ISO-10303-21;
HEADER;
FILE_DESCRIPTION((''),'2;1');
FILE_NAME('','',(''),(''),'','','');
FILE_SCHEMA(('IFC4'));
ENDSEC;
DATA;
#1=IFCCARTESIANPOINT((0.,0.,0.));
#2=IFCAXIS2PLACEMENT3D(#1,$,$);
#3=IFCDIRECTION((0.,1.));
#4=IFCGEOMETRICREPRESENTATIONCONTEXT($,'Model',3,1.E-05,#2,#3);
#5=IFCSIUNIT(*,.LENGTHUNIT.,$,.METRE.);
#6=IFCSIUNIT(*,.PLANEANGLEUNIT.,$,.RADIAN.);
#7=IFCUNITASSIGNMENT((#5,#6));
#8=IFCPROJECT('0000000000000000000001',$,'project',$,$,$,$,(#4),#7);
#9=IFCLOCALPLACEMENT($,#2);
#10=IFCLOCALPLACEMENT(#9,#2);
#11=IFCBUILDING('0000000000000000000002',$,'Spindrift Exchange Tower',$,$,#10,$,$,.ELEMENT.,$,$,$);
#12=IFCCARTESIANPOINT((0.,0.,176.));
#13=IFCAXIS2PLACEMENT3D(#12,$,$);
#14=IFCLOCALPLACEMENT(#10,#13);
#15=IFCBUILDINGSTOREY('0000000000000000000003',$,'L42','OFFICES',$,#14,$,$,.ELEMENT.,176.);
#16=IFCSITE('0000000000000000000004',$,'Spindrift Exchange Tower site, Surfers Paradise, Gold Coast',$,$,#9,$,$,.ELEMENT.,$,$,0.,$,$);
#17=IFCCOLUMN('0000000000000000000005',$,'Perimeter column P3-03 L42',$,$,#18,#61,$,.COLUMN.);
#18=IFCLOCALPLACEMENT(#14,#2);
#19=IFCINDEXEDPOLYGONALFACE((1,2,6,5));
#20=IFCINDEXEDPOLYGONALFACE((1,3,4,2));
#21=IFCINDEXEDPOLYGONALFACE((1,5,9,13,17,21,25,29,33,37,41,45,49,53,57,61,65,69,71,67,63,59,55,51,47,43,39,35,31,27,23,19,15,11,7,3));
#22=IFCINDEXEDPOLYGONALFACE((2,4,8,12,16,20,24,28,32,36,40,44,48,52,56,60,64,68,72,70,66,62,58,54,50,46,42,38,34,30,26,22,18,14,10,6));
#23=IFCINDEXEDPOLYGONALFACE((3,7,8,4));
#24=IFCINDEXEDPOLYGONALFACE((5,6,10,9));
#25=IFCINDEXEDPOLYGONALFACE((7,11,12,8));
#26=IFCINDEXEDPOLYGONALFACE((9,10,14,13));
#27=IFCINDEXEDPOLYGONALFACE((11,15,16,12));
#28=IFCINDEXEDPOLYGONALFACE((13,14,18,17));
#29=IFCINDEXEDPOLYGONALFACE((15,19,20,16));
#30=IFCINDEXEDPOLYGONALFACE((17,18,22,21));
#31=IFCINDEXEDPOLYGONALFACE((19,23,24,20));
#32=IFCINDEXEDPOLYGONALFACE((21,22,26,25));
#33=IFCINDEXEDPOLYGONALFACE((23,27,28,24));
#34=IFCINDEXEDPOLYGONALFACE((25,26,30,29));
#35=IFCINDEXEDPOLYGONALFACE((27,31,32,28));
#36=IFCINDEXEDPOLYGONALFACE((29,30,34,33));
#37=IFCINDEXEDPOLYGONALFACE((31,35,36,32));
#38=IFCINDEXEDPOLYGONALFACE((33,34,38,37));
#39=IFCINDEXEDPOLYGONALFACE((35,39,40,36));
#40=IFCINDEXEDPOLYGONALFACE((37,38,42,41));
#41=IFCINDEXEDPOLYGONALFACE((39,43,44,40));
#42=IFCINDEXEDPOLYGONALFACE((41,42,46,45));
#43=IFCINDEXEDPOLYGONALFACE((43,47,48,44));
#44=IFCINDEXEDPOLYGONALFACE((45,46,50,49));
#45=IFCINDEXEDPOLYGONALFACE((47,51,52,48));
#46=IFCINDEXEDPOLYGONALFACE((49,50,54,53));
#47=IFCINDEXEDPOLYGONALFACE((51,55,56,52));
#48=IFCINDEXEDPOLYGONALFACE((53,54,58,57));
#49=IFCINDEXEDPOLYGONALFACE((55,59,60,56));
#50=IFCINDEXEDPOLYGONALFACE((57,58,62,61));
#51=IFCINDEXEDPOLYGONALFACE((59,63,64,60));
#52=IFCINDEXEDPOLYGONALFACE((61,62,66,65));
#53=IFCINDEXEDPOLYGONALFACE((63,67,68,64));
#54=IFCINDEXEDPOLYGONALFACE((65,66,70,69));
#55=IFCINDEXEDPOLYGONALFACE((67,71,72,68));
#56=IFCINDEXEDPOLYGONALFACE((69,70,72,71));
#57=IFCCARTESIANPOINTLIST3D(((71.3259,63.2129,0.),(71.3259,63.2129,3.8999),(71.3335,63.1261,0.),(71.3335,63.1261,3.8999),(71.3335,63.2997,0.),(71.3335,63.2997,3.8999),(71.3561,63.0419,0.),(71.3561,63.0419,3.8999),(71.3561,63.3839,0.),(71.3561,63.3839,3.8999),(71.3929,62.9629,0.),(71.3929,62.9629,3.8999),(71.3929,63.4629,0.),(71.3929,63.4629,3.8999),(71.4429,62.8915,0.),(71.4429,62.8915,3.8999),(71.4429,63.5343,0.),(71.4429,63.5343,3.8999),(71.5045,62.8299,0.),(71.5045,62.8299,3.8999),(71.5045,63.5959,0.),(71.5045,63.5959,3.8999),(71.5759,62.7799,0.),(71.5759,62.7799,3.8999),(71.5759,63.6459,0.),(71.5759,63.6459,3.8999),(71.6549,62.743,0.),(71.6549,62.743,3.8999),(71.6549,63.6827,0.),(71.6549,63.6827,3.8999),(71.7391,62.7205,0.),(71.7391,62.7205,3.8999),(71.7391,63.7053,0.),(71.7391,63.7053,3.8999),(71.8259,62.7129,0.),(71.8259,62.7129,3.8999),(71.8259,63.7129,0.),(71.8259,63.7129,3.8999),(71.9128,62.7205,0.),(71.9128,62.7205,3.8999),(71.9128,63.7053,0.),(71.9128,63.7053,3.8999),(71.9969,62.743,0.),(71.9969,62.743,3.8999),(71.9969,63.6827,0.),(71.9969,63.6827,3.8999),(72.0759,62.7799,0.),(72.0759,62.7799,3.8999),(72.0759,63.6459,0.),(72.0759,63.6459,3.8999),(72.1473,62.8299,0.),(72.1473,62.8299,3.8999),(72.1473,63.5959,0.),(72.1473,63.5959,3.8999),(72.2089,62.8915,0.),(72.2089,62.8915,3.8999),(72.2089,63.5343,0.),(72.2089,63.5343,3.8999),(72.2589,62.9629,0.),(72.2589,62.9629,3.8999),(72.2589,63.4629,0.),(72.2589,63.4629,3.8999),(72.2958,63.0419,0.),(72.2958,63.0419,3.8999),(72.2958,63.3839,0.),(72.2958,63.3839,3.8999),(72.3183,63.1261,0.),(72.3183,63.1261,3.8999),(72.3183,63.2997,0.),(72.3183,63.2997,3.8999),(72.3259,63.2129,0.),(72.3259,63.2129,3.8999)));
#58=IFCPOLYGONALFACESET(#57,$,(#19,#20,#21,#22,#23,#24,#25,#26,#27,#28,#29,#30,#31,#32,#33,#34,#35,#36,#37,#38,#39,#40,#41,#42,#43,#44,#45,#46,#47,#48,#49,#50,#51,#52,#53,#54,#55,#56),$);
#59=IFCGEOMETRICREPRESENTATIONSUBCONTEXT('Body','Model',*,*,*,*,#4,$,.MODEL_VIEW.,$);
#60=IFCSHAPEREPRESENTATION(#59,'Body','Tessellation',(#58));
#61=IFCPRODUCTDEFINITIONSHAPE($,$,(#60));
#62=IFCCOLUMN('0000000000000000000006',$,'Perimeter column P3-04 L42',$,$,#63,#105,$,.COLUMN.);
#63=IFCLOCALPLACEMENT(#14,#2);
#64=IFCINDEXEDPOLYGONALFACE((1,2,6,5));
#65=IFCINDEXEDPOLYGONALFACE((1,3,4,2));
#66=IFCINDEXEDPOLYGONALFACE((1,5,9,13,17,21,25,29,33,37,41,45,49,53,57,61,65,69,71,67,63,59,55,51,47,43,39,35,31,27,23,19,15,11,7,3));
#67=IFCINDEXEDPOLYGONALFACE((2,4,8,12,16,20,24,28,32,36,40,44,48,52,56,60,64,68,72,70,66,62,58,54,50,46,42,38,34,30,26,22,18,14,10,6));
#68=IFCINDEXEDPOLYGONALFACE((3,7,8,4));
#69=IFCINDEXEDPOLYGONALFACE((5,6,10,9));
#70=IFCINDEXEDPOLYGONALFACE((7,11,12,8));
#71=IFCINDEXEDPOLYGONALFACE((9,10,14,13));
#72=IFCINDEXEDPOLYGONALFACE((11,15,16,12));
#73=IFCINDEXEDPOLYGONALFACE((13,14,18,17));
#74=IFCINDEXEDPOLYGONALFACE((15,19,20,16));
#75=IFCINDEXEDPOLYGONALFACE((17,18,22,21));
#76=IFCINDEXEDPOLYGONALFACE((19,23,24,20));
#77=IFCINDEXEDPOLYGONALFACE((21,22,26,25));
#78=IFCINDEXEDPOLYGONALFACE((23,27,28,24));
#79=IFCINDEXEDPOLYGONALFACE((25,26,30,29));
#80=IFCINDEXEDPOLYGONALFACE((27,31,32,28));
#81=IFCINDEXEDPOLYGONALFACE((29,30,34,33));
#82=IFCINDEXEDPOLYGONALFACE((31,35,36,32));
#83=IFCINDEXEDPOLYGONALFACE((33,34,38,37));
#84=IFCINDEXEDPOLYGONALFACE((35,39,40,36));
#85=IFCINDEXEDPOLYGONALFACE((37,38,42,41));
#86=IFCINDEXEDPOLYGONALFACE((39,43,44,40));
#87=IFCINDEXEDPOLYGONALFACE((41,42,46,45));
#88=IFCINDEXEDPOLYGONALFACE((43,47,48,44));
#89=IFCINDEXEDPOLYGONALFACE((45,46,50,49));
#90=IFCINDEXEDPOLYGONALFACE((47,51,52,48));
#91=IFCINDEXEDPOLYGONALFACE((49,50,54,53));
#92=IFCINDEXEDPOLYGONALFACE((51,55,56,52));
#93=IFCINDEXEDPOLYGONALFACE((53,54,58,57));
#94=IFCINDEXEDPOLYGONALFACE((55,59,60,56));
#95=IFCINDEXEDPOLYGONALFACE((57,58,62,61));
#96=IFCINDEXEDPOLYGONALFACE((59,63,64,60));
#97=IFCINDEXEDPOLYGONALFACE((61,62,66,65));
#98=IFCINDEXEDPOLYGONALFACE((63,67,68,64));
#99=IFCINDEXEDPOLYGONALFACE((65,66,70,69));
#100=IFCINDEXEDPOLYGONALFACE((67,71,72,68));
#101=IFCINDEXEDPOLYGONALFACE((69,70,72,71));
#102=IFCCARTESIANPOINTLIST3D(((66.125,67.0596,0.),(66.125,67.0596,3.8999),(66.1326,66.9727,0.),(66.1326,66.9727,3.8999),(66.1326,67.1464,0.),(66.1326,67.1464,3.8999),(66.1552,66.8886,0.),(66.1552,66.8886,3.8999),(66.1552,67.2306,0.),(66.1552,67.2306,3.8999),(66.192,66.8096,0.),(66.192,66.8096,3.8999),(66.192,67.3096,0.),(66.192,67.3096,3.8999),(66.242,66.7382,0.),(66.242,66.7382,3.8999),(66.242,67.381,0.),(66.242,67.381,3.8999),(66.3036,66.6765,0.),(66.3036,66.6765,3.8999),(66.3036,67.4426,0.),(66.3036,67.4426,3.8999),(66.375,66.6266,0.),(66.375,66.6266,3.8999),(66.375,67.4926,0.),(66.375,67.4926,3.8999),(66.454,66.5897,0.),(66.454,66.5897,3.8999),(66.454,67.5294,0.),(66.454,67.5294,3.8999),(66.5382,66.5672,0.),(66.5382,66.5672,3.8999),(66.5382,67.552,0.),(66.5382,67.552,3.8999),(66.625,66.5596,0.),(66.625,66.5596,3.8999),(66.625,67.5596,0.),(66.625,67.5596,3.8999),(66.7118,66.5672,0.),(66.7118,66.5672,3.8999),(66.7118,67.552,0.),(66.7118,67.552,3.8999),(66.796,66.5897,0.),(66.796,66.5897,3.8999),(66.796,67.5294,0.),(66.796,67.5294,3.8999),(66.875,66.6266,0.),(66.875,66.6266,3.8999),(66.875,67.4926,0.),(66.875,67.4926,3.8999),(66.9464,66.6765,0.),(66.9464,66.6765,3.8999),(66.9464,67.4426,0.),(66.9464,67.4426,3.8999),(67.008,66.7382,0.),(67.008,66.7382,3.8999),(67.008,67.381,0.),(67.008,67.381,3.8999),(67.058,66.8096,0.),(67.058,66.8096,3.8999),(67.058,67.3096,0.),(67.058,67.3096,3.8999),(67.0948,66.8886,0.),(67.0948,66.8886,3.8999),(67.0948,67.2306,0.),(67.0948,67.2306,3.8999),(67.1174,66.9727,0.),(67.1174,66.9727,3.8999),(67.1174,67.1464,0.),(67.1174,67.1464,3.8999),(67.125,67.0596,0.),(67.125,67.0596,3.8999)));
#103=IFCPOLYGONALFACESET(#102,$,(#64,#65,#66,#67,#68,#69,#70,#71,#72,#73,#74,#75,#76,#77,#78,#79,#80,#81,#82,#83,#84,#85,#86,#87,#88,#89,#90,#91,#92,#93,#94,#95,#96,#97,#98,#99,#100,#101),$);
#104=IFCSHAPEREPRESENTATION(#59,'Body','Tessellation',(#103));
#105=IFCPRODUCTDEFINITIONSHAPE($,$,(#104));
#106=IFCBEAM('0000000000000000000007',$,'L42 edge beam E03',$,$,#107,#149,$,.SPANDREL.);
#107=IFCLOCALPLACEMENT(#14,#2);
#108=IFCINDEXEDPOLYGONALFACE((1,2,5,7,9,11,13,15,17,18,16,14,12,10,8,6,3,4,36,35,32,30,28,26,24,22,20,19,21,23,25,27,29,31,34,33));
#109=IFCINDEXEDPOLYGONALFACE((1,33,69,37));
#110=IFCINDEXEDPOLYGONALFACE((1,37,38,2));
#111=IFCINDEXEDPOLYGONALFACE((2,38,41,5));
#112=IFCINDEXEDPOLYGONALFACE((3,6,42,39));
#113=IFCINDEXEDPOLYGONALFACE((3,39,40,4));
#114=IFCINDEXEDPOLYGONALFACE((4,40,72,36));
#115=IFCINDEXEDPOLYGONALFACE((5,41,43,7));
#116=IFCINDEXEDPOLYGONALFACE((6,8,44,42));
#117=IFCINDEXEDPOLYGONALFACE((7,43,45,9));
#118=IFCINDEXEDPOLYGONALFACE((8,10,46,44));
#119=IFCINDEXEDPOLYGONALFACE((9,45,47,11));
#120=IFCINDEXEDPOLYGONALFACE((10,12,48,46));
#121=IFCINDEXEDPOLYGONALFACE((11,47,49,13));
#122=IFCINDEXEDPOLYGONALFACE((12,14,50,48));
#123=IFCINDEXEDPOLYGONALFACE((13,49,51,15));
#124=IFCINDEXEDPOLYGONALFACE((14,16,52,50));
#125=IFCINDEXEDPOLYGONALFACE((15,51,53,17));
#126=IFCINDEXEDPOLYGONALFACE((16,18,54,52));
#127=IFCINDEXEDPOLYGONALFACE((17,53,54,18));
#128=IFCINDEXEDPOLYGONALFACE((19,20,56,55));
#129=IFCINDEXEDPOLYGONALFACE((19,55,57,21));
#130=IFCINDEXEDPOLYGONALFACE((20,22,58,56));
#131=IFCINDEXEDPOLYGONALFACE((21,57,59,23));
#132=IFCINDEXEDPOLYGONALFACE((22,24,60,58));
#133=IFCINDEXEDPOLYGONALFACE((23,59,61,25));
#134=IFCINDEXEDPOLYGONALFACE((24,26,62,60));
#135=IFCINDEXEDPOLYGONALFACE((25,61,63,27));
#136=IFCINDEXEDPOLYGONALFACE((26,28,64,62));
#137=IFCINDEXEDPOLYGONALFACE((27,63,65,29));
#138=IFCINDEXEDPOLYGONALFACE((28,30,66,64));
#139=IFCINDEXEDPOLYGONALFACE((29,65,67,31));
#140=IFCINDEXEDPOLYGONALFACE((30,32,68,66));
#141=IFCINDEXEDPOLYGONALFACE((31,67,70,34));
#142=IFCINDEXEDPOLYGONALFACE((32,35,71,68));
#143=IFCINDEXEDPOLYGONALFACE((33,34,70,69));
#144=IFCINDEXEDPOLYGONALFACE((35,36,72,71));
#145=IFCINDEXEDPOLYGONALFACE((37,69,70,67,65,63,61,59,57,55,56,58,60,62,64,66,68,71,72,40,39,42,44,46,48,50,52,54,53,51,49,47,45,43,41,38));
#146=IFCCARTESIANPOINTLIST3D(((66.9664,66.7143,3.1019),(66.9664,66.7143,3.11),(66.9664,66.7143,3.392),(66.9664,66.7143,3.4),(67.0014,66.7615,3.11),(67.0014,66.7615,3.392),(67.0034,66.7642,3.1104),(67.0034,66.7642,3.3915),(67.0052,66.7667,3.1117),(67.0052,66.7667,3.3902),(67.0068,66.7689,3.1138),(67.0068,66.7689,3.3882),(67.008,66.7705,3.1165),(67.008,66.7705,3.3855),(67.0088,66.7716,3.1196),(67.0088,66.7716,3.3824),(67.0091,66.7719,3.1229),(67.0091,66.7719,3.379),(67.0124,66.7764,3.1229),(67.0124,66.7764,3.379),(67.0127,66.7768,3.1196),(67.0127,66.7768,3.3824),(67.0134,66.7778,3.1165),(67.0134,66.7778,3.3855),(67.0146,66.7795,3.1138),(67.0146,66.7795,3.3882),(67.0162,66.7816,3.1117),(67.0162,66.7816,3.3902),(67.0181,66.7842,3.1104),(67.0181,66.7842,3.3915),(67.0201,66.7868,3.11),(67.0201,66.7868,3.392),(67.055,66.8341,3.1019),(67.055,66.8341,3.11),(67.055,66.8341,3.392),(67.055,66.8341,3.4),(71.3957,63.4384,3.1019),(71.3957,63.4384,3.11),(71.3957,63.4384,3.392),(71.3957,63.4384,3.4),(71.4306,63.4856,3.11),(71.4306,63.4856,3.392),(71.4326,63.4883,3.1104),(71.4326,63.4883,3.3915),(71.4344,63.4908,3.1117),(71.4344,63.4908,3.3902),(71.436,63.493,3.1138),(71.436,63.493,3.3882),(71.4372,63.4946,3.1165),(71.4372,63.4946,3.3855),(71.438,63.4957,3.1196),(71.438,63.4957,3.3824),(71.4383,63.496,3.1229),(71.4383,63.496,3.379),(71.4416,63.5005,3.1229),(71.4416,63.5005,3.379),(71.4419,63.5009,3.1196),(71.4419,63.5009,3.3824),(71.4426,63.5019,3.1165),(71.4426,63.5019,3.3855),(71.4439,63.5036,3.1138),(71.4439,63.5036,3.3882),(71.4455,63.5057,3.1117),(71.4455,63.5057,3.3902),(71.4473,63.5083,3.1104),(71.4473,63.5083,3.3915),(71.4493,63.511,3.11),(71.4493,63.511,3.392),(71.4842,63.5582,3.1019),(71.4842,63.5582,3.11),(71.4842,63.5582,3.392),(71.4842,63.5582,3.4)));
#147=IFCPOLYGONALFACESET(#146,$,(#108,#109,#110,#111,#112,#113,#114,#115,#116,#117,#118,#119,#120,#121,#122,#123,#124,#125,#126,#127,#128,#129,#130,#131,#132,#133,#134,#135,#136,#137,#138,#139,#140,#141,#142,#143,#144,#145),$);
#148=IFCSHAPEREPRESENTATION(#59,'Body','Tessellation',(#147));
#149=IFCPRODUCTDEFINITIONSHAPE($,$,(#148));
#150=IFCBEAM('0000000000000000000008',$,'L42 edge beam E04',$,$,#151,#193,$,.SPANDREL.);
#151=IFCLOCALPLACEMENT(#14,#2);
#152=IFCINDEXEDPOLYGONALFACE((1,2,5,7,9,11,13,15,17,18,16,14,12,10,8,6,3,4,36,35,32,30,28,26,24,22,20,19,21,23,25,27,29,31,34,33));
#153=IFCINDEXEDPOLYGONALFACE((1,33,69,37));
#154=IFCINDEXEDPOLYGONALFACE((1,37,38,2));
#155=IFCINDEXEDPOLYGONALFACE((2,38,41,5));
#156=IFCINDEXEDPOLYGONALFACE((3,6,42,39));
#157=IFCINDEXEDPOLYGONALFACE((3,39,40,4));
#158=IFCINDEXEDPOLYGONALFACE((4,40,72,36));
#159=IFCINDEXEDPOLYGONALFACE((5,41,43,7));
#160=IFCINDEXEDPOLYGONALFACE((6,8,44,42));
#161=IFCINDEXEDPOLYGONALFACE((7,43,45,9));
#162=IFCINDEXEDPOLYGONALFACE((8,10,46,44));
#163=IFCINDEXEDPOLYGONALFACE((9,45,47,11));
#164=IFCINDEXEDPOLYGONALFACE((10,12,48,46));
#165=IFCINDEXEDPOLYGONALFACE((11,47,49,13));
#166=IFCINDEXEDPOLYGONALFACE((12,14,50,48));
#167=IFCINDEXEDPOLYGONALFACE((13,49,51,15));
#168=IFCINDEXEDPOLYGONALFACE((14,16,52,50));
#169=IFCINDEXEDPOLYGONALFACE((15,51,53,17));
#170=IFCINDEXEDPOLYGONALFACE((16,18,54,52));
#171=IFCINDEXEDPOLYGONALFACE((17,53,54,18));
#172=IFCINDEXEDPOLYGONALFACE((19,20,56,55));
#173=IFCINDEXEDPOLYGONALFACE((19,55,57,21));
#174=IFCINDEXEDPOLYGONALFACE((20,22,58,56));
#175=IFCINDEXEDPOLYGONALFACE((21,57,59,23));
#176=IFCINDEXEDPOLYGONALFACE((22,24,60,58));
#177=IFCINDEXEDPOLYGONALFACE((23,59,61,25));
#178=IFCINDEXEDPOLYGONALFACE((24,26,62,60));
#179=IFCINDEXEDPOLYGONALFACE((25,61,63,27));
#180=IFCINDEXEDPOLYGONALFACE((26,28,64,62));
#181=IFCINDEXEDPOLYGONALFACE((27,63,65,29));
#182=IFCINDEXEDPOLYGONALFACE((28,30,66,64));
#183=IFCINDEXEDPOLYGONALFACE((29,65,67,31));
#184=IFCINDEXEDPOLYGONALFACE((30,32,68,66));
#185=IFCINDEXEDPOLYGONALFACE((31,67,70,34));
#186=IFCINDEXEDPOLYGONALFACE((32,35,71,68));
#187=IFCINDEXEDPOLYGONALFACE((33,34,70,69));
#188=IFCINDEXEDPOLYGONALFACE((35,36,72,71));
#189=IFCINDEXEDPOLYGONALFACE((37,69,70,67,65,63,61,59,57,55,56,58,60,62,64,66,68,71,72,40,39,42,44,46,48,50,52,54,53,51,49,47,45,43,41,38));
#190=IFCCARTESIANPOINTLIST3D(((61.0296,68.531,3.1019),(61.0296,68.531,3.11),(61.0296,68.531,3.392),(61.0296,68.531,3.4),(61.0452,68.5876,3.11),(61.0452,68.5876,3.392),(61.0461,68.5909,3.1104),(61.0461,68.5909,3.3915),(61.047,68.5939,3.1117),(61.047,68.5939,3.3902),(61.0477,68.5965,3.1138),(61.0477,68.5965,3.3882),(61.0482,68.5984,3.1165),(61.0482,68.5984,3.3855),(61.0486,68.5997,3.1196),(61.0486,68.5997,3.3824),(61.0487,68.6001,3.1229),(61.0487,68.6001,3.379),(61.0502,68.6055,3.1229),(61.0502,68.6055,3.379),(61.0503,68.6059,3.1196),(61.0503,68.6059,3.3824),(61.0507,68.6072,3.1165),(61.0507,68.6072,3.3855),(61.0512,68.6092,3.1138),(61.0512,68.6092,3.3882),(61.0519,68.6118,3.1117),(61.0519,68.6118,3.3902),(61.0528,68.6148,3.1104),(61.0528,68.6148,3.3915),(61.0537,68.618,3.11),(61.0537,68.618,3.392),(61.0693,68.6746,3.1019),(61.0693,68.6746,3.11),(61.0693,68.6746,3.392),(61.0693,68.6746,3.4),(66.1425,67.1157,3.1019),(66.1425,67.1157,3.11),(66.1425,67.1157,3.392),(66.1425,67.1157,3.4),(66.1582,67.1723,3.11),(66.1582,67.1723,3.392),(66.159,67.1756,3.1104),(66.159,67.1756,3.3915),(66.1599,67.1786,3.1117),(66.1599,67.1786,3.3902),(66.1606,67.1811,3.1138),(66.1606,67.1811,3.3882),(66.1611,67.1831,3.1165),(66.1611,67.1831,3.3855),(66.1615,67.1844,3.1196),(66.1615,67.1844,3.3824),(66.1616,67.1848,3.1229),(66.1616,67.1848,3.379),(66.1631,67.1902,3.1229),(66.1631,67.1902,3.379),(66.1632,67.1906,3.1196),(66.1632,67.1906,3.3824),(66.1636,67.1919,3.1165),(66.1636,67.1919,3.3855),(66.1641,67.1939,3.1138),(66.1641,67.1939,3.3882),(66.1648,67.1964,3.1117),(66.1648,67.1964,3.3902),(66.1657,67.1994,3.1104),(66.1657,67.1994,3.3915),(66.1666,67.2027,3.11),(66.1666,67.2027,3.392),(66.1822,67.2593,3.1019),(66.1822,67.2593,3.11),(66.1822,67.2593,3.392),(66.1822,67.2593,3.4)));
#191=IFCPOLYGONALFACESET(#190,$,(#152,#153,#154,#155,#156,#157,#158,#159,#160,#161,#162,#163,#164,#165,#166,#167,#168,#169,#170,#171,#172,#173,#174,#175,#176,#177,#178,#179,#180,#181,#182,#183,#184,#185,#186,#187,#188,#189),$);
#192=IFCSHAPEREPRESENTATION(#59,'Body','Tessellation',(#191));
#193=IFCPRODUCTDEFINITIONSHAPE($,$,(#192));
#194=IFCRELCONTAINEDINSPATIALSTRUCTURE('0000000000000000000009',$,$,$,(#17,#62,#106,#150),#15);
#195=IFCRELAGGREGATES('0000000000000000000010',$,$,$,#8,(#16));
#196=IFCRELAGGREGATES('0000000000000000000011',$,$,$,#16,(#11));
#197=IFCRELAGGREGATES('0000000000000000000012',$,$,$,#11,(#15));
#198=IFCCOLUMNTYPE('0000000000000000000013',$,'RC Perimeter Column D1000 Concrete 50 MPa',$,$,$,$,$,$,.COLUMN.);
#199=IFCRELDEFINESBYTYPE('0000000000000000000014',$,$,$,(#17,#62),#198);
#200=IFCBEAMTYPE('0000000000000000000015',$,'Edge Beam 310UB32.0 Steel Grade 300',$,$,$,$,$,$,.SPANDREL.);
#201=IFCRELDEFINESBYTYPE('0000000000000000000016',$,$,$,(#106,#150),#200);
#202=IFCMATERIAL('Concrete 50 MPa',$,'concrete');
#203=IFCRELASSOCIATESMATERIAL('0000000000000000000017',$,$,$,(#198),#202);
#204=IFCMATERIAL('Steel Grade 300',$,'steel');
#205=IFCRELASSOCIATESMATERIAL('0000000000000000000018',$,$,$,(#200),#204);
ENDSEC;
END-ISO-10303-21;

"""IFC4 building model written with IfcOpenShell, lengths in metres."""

from ifc_helpers import new_model, si_unit, direction, frame, origin, origin_2d, place, context, subcontext, project, spatial, circle, i_section, extrude, source, transform, mapped, material, material_profile, profile_set, type_object, element, save


model = new_model("IFC4")

# Units and contexts
model_context = context("Model", 3, precision=1e-05, world=origin(), true_north=direction((0.0, 1.0)))
body_context = subcontext(model_context, "Body", "Model", "MODEL_VIEW")
ifc_project = project(units=[si_unit("LENGTHUNIT", "METRE"), si_unit("PLANEANGLEUNIT", "RADIAN")], contexts=[model_context])

# Site, building, storey
site_placement = place(None, origin())
site = spatial("IfcSite", under=ifc_project, at=site_placement, Name="Spindrift Exchange Tower site, Surfers Paradise, Gold Coast", CompositionType="ELEMENT", RefElevation=0.0)
building_placement = place(site_placement, origin())
building = spatial("IfcBuilding", under=site, at=building_placement, Name="Spindrift Exchange Tower", CompositionType="ELEMENT")
storey_placement = place(building_placement, frame((0.0, 0.0, 176.0)))
storey = spatial("IfcBuildingStorey", under=building, at=storey_placement, Name="L42", Description="OFFICES", CompositionType="ELEMENT", Elevation=176.0)

# Columns
ifc_material_1 = material(Name="Concrete 50 MPa", Category="concrete")
ifc_material_profile_1 = material_profile(ifc_material_1, circle(Radius=0.5, at=origin_2d()), Name="RC D1000")
ifc_profile_set_1 = profile_set([ifc_material_profile_1], Name="Concrete 50 MPa")
column_type = type_object("IfcColumnType", Name="RC Perimeter Column D1000 Concrete 50 MPa", PredefinedType="COLUMN", material=ifc_profile_set_1)
shared_shape_1 = source(origin(), body_context, "Body", "SweptSolid", [
    extrude(circle(Radius=0.5, at=origin_2d()), origin(), (0.0, 0.0, 1.0), 3.8999),
])
for number, where, z_axis, x_axis, name in (
    (1, (71.8259, 63.2129, 0.0), (0.0, 0.0, 1.0), (1.0, 0.0, 0.0), "Perimeter column P3-03 L42"),
    (2, (66.625, 67.0596, 0.0), (0.0, 0.0, 1.0), (1.0, 0.0, 0.0), "Perimeter column P3-04 L42"),
):
    element("IfcColumn", number, at=place(storey_placement, frame(where, z_axis=z_axis, x_axis=x_axis)), inside=storey, type_object=column_type, Name=name, PredefinedType="COLUMN", context=body_context, shape_type="MappedRepresentation", body=[
        mapped(shared_shape_1, transform((0.0, 0.0, 0.0), scale=1.0)),
    ])

# Beams
ifc_material_2 = material(Name="Steel Grade 300", Category="steel")
ifc_material_profile_2 = material_profile(ifc_material_2, i_section(OverallWidth=0.1489, OverallDepth=0.2981, WebThickness=0.0056, FlangeThickness=0.0081, FilletRadius=0.0129, at=origin_2d()), Name="310UB32.0")
ifc_profile_set_2 = profile_set([ifc_material_profile_2], Name="Steel Grade 300")
beam_type_1 = type_object("IfcBeamType", Name="Edge Beam 310UB32.0 Steel Grade 300", PredefinedType="SPANDREL", material=ifc_profile_set_2)
shared_shape_2 = source(origin(), body_context, "Body", "SweptSolid", [
    extrude(i_section(OverallWidth=0.1489, OverallDepth=0.2981, WebThickness=0.0056, FlangeThickness=0.0081, FilletRadius=0.0129, at=origin_2d()), origin(), (0.0, 0.0, 1.0), 5.509),
])
beam_1_placement = place(storey_placement, frame((71.4399, 63.4983, 3.251), z_axis=(-0.803992, 0.59464, 0.0), x_axis=(-0.59464, -0.803992, 0.0)))
element("IfcBeam", 3, at=beam_1_placement, inside=storey, type_object=beam_type_1, Name="L42 edge beam E03", PredefinedType="SPANDREL", context=body_context, shape_type="MappedRepresentation", body=[
    mapped(shared_shape_2, transform((0.0, 0.0, 0.0), scale=1.0)),
])
shared_shape_3 = source(origin(), body_context, "Body", "SweptSolid", [
    extrude(i_section(OverallWidth=0.1489, OverallDepth=0.2981, WebThickness=0.0056, FlangeThickness=0.0081, FilletRadius=0.0129, at=origin_2d()), origin(), (0.0, 0.0, 1.0), 5.3052),
])
beam_2_placement = place(storey_placement, frame((66.1624, 67.1875, 3.251), z_axis=(-0.963758, 0.26678, 0.0), x_axis=(-0.26678, -0.963758, 0.0)))
element("IfcBeam", 4, at=beam_2_placement, inside=storey, type_object=beam_type_1, Name="L42 edge beam E04", PredefinedType="SPANDREL", context=body_context, shape_type="MappedRepresentation", body=[
    mapped(shared_shape_3, transform((0.0, 0.0, 0.0), scale=1.0)),
])

save(model, "model.ifc")
